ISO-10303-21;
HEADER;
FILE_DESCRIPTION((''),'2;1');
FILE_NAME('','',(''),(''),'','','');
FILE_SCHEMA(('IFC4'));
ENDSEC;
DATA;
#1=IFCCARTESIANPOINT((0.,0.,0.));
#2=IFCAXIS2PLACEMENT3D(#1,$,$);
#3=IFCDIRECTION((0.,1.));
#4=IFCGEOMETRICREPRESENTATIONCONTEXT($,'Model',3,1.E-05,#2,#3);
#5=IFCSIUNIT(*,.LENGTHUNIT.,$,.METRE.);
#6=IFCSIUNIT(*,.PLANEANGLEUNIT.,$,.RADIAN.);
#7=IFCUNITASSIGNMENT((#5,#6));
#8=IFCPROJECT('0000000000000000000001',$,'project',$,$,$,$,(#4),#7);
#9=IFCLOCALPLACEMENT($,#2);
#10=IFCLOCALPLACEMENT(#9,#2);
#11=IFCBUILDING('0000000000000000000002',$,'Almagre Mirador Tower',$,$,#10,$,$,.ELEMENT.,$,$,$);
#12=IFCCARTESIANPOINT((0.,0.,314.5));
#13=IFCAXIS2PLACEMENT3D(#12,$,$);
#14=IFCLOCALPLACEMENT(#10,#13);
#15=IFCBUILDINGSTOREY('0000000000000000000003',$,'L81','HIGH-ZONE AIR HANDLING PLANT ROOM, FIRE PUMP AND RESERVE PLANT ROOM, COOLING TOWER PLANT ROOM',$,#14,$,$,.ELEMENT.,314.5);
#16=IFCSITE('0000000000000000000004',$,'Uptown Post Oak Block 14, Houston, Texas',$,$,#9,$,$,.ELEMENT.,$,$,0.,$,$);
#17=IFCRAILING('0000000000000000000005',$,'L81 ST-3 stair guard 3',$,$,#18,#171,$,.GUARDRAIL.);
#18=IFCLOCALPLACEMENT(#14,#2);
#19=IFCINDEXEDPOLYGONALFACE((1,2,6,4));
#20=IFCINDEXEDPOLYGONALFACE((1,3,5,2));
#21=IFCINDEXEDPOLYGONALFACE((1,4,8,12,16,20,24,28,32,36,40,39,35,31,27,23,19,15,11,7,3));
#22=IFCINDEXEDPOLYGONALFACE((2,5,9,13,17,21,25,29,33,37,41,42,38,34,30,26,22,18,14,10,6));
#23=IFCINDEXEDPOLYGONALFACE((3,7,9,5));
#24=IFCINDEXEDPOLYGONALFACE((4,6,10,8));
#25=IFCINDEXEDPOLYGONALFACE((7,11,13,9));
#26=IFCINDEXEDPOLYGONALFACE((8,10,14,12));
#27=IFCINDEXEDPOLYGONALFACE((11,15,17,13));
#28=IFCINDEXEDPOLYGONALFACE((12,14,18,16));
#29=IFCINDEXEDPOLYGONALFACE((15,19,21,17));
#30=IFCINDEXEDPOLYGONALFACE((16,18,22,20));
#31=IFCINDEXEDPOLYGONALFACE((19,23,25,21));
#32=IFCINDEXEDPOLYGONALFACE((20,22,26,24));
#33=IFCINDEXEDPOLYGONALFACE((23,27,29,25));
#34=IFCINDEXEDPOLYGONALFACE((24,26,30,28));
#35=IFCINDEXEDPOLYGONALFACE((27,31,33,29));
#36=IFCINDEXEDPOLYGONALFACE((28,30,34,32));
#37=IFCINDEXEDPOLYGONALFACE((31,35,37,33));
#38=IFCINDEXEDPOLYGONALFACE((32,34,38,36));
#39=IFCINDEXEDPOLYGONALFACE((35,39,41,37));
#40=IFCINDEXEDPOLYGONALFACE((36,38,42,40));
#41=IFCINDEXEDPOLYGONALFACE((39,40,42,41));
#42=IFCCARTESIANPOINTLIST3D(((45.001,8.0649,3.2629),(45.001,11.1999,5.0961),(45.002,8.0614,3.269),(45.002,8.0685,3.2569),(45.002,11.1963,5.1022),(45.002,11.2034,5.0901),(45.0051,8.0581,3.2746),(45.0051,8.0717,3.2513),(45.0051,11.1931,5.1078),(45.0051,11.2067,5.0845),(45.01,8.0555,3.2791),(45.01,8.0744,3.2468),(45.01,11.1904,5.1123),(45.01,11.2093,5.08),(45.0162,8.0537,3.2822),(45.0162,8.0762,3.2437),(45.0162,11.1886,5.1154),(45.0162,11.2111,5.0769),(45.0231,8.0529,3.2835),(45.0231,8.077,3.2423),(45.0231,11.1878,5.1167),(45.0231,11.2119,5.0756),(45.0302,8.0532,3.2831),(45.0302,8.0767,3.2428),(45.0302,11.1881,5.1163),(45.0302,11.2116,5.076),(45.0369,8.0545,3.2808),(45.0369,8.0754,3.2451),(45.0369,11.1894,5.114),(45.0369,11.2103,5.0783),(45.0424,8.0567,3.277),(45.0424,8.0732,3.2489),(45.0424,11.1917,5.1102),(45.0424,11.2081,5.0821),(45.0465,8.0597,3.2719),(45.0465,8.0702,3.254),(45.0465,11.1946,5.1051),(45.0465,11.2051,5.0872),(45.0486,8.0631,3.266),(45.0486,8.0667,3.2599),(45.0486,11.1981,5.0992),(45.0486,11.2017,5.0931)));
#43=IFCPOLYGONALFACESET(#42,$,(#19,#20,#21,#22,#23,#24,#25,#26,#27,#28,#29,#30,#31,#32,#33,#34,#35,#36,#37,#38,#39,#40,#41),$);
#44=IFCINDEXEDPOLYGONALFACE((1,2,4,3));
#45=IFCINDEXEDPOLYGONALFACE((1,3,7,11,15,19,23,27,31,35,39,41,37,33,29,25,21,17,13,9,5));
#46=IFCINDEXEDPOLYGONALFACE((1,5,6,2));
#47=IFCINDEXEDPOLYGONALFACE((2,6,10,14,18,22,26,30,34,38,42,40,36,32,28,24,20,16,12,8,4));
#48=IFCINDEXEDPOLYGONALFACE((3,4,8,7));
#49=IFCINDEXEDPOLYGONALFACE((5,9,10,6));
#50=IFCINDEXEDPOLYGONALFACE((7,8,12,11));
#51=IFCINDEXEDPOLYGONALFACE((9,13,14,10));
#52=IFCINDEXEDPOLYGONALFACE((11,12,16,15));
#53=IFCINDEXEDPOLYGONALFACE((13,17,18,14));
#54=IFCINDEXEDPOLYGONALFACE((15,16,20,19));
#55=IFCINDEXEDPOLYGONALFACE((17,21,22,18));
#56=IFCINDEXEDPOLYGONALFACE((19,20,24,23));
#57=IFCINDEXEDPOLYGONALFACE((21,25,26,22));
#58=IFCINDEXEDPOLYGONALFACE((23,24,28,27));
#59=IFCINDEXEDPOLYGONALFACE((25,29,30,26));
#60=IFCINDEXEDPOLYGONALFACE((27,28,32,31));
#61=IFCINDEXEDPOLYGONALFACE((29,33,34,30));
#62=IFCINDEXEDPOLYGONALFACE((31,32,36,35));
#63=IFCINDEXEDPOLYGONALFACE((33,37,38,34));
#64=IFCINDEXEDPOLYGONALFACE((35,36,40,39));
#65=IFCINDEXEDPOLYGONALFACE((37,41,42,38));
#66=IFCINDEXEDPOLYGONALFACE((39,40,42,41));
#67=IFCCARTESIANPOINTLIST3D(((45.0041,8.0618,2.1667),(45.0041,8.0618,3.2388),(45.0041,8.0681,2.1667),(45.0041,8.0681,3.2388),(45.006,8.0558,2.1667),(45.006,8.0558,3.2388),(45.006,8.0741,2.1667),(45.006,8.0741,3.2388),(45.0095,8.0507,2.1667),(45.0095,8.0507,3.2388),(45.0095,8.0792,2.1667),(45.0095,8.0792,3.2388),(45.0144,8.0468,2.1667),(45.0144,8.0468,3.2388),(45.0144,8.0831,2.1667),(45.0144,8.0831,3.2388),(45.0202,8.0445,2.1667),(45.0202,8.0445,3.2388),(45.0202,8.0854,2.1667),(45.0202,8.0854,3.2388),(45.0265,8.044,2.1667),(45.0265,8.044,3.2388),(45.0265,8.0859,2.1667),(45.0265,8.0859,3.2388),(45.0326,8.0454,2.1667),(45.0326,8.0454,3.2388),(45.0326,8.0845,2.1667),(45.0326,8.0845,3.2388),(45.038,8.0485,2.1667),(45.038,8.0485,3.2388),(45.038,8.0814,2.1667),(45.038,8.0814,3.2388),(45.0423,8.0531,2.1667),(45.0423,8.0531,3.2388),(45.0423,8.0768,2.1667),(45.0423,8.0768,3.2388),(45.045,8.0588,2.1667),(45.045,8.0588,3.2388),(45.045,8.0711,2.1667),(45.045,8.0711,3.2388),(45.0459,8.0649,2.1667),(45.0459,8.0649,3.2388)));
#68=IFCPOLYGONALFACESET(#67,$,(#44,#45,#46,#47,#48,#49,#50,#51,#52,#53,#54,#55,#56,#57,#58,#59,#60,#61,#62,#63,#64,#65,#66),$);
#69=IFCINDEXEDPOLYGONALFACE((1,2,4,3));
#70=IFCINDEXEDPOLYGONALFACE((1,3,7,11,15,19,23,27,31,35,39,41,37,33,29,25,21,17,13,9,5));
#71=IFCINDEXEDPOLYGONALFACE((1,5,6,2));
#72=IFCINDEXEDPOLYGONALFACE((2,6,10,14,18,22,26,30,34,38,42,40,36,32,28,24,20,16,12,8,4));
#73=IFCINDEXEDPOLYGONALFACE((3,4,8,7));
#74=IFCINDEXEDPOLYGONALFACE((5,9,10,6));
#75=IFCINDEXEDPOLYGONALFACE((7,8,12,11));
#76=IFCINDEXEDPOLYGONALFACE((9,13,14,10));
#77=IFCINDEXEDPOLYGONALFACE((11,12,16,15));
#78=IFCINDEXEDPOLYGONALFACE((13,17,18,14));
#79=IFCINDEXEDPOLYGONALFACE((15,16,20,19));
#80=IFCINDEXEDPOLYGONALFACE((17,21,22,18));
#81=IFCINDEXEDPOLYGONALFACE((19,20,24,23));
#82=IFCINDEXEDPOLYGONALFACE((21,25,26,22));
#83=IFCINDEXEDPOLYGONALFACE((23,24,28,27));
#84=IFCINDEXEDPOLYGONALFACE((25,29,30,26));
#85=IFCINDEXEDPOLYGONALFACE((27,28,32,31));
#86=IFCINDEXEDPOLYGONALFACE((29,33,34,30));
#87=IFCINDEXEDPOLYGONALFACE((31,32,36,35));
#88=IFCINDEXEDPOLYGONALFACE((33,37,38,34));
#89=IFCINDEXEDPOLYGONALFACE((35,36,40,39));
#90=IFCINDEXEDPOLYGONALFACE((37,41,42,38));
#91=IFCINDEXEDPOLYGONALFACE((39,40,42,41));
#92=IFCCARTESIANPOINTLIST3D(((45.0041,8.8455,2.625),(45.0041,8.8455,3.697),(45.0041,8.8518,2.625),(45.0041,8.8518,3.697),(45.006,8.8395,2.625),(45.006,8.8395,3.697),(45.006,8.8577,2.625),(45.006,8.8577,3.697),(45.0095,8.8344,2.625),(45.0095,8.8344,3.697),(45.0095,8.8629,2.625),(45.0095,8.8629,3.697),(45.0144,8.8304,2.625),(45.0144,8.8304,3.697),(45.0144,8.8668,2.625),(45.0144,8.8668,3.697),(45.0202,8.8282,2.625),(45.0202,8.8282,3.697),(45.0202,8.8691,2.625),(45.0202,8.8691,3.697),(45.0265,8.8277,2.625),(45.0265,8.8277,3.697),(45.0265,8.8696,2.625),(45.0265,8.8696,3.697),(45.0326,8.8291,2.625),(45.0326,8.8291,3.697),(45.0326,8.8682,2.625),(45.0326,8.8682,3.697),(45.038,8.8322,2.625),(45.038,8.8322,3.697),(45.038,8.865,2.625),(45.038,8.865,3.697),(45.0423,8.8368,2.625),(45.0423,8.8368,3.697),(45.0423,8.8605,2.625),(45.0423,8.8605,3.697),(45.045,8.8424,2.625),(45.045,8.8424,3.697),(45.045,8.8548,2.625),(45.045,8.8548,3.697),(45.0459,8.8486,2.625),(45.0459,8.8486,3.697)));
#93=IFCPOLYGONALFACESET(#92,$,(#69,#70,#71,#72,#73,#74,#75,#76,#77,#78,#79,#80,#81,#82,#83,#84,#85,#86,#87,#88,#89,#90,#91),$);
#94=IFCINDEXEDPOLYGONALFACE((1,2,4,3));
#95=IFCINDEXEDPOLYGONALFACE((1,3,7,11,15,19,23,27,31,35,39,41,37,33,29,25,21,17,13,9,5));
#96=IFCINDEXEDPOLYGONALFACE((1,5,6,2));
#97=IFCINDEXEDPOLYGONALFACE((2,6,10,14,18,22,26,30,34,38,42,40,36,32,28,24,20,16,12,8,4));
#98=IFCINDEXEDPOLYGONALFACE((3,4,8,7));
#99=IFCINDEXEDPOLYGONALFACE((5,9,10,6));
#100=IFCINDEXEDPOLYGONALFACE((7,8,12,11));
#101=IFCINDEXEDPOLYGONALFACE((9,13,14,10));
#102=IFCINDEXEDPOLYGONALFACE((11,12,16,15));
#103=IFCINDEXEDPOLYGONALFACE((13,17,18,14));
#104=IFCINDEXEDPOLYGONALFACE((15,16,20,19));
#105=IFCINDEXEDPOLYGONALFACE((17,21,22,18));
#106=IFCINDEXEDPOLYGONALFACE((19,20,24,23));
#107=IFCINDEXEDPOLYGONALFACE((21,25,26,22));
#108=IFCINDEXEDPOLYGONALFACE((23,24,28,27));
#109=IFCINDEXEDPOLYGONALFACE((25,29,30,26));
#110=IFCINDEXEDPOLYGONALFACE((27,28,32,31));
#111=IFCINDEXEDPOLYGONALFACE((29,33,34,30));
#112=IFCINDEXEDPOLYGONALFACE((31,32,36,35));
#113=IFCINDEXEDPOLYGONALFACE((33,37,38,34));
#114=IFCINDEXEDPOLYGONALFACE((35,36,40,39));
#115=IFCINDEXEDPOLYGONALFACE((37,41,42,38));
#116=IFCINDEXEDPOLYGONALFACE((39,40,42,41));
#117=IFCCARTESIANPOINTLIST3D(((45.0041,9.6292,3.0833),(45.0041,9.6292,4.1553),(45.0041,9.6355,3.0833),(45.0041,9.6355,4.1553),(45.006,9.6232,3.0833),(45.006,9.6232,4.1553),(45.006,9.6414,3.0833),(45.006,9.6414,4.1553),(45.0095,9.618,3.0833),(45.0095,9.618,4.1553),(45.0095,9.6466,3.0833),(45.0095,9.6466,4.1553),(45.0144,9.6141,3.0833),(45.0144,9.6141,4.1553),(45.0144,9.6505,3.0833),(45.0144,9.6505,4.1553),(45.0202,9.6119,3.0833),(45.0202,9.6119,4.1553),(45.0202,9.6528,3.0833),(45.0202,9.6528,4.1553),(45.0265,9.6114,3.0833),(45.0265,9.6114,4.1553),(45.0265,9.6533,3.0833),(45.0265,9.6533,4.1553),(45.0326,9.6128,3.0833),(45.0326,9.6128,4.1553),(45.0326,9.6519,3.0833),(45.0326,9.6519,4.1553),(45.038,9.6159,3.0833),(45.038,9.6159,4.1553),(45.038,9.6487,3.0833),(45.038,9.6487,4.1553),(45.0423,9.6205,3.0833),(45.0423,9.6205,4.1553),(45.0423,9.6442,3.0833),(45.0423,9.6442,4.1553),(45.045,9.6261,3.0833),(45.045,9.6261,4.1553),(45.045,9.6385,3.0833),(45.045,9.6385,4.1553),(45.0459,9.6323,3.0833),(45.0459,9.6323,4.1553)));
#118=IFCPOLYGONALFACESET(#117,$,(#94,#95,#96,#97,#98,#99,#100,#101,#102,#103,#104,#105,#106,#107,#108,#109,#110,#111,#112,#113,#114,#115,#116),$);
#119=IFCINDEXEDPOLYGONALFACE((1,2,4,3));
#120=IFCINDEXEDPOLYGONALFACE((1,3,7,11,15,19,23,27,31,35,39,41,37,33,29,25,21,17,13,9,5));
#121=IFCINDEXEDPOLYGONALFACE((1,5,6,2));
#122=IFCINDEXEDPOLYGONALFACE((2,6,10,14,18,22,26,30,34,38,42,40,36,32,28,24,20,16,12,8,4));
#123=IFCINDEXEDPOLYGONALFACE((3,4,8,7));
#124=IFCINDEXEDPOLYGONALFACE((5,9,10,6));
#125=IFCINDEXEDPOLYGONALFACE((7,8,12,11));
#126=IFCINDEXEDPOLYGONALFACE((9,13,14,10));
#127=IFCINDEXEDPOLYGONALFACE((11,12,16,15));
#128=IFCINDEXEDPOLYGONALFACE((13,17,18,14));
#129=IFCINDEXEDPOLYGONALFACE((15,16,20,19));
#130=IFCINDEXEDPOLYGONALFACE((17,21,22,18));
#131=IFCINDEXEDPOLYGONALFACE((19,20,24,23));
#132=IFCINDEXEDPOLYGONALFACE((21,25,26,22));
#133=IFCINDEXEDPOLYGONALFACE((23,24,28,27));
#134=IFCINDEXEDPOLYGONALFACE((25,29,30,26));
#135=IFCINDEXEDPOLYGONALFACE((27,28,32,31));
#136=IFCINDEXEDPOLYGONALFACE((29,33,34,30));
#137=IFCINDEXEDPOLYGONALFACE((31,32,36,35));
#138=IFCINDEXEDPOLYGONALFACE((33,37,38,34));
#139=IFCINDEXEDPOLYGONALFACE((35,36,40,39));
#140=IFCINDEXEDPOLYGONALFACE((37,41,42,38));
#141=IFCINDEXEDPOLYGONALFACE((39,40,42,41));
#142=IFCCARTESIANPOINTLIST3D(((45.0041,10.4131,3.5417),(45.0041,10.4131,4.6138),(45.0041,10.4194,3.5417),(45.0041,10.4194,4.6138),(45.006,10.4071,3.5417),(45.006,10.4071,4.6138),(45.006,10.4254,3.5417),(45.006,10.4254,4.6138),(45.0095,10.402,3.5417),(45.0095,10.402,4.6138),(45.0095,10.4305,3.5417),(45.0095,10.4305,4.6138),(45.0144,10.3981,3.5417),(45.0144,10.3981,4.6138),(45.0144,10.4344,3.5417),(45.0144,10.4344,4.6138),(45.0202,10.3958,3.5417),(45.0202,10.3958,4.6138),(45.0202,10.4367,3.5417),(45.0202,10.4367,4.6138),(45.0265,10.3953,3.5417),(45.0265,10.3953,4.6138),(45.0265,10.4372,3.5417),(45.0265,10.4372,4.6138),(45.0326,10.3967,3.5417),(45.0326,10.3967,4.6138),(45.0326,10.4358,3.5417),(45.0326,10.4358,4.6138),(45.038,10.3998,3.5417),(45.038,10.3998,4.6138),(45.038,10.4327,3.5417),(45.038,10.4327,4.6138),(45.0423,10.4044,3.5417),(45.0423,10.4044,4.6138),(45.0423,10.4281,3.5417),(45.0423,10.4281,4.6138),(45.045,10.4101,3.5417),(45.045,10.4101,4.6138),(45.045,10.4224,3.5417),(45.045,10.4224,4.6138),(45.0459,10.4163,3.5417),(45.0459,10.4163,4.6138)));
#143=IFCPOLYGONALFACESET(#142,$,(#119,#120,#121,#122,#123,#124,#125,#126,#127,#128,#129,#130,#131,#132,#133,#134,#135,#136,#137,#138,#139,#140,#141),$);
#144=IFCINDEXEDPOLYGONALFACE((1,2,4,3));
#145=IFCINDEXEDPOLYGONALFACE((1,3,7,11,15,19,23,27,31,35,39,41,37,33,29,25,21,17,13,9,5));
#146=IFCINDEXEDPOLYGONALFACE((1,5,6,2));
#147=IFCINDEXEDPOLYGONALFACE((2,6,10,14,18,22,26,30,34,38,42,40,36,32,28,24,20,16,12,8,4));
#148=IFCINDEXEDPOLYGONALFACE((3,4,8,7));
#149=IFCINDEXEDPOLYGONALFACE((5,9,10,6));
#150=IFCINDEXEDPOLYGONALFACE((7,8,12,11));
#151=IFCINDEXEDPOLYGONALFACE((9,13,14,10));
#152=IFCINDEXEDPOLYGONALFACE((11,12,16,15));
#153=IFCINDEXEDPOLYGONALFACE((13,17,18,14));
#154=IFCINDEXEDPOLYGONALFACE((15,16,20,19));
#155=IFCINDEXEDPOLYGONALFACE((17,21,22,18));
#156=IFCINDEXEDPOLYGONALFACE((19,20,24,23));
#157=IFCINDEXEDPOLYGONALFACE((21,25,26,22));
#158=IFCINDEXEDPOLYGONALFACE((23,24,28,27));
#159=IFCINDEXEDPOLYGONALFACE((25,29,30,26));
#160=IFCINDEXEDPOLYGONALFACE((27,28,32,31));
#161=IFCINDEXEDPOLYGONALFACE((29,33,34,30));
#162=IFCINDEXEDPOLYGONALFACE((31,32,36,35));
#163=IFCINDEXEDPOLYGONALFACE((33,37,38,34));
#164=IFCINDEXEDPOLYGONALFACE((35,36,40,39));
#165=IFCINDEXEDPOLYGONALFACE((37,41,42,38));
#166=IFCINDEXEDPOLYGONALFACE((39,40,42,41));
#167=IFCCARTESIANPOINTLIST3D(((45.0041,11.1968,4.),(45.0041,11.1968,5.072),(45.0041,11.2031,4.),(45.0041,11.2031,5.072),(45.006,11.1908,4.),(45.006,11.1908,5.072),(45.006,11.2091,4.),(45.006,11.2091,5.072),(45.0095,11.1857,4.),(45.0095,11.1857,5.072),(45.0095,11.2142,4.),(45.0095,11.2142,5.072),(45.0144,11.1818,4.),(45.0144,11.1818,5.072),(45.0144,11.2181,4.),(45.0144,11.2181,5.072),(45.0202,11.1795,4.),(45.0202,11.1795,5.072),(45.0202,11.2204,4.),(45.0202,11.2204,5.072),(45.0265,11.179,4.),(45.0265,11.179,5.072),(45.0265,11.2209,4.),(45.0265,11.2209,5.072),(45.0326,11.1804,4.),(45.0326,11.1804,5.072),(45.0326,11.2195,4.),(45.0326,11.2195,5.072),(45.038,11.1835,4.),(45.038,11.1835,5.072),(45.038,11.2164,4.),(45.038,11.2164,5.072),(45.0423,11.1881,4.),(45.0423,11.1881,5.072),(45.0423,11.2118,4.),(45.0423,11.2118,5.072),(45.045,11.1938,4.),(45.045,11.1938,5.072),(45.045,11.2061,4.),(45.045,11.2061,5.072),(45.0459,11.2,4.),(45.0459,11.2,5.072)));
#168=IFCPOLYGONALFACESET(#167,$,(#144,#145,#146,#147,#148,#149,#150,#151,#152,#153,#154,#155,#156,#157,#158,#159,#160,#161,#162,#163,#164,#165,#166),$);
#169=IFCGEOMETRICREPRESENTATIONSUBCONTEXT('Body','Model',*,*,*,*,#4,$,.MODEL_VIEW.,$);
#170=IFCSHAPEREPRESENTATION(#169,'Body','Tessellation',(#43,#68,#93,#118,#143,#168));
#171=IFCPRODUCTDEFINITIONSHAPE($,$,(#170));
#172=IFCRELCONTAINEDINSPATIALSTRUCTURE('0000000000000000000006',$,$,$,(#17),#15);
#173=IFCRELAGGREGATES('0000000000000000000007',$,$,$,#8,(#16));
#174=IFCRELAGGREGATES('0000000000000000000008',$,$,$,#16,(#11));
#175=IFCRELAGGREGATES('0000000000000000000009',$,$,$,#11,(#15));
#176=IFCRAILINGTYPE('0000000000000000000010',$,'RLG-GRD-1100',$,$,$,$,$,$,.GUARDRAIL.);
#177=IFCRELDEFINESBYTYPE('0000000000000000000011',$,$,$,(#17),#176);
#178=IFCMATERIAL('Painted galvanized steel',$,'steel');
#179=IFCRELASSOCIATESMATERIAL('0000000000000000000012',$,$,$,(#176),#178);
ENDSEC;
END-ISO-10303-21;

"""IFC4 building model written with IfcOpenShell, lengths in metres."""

from ifc_helpers import new_model, si_unit, direction, frame, origin, origin_2d, place, context, subcontext, project, spatial, circle, extrude, material, type_object, element, save


model = new_model("IFC4")

# Units and contexts
model_context = context("Model", 3, precision=1e-05, world=origin(), true_north=direction((0.0, 1.0)))
body_context = subcontext(model_context, "Body", "Model", "MODEL_VIEW")
ifc_project = project(units=[si_unit("LENGTHUNIT", "METRE"), si_unit("PLANEANGLEUNIT", "RADIAN")], contexts=[model_context])

# Site, building, storey
site_placement = place(None, origin())
site = spatial("IfcSite", under=ifc_project, at=site_placement, Name="Uptown Post Oak Block 14, Houston, Texas", CompositionType="ELEMENT", RefElevation=0.0)
building_placement = place(site_placement, origin())
building = spatial("IfcBuilding", under=site, at=building_placement, Name="Almagre Mirador Tower", CompositionType="ELEMENT")
storey_placement = place(building_placement, frame((0.0, 0.0, 314.5)))
storey = spatial("IfcBuildingStorey", under=building, at=storey_placement, Name="L81", Description="HIGH-ZONE AIR HANDLING PLANT ROOM, FIRE PUMP AND RESERVE PLANT ROOM, COOLING TOWER PLANT ROOM", CompositionType="ELEMENT", Elevation=314.5)

# Railing
ifc_material_1 = material(Name="Painted galvanized steel", Category="steel")
railing_type_1 = type_object("IfcRailingType", Name="RLG-GRD-1100", PredefinedType="GUARDRAIL", material=ifc_material_1)
railing_1_placement = place(storey_placement, frame((45.0249, 8.0649, 2.1667)))
element("IfcRailing", 1, at=railing_1_placement, inside=storey, type_object=railing_type_1, Name="L81 ST-3 stair guard 3", PredefinedType="GUARDRAIL", context=body_context, shape_type="SweptSolid", body=[
    extrude(circle(Radius=0.0239, at=origin_2d()), frame((0.0, 0.0, 1.0962), z_axis=(0.0, 0.86324, 0.504794), x_axis=(-1.0, 0.0, 0.0)), (0.0, 0.0, 1.0), 3.6316),
    extrude(circle(Radius=0.021, at=origin_2d()), origin(), (0.0, 0.0, 1.0), 1.072),
    extrude(circle(Radius=0.021, at=origin_2d()), frame((0.0, 0.7837, 0.4583)), (0.0, 0.0, 1.0), 1.072),
    extrude(circle(Radius=0.021, at=origin_2d()), frame((0.0, 1.5674, 0.9165)), (0.0, 0.0, 1.0), 1.072),
    extrude(circle(Radius=0.021, at=origin_2d()), frame((0.0, 2.3513, 1.375)), (0.0, 0.0, 1.0), 1.072),
    extrude(circle(Radius=0.021, at=origin_2d()), frame((0.0, 3.135, 1.8333)), (0.0, 0.0, 1.0), 1.072),
])

save(model, "model.ifc")
